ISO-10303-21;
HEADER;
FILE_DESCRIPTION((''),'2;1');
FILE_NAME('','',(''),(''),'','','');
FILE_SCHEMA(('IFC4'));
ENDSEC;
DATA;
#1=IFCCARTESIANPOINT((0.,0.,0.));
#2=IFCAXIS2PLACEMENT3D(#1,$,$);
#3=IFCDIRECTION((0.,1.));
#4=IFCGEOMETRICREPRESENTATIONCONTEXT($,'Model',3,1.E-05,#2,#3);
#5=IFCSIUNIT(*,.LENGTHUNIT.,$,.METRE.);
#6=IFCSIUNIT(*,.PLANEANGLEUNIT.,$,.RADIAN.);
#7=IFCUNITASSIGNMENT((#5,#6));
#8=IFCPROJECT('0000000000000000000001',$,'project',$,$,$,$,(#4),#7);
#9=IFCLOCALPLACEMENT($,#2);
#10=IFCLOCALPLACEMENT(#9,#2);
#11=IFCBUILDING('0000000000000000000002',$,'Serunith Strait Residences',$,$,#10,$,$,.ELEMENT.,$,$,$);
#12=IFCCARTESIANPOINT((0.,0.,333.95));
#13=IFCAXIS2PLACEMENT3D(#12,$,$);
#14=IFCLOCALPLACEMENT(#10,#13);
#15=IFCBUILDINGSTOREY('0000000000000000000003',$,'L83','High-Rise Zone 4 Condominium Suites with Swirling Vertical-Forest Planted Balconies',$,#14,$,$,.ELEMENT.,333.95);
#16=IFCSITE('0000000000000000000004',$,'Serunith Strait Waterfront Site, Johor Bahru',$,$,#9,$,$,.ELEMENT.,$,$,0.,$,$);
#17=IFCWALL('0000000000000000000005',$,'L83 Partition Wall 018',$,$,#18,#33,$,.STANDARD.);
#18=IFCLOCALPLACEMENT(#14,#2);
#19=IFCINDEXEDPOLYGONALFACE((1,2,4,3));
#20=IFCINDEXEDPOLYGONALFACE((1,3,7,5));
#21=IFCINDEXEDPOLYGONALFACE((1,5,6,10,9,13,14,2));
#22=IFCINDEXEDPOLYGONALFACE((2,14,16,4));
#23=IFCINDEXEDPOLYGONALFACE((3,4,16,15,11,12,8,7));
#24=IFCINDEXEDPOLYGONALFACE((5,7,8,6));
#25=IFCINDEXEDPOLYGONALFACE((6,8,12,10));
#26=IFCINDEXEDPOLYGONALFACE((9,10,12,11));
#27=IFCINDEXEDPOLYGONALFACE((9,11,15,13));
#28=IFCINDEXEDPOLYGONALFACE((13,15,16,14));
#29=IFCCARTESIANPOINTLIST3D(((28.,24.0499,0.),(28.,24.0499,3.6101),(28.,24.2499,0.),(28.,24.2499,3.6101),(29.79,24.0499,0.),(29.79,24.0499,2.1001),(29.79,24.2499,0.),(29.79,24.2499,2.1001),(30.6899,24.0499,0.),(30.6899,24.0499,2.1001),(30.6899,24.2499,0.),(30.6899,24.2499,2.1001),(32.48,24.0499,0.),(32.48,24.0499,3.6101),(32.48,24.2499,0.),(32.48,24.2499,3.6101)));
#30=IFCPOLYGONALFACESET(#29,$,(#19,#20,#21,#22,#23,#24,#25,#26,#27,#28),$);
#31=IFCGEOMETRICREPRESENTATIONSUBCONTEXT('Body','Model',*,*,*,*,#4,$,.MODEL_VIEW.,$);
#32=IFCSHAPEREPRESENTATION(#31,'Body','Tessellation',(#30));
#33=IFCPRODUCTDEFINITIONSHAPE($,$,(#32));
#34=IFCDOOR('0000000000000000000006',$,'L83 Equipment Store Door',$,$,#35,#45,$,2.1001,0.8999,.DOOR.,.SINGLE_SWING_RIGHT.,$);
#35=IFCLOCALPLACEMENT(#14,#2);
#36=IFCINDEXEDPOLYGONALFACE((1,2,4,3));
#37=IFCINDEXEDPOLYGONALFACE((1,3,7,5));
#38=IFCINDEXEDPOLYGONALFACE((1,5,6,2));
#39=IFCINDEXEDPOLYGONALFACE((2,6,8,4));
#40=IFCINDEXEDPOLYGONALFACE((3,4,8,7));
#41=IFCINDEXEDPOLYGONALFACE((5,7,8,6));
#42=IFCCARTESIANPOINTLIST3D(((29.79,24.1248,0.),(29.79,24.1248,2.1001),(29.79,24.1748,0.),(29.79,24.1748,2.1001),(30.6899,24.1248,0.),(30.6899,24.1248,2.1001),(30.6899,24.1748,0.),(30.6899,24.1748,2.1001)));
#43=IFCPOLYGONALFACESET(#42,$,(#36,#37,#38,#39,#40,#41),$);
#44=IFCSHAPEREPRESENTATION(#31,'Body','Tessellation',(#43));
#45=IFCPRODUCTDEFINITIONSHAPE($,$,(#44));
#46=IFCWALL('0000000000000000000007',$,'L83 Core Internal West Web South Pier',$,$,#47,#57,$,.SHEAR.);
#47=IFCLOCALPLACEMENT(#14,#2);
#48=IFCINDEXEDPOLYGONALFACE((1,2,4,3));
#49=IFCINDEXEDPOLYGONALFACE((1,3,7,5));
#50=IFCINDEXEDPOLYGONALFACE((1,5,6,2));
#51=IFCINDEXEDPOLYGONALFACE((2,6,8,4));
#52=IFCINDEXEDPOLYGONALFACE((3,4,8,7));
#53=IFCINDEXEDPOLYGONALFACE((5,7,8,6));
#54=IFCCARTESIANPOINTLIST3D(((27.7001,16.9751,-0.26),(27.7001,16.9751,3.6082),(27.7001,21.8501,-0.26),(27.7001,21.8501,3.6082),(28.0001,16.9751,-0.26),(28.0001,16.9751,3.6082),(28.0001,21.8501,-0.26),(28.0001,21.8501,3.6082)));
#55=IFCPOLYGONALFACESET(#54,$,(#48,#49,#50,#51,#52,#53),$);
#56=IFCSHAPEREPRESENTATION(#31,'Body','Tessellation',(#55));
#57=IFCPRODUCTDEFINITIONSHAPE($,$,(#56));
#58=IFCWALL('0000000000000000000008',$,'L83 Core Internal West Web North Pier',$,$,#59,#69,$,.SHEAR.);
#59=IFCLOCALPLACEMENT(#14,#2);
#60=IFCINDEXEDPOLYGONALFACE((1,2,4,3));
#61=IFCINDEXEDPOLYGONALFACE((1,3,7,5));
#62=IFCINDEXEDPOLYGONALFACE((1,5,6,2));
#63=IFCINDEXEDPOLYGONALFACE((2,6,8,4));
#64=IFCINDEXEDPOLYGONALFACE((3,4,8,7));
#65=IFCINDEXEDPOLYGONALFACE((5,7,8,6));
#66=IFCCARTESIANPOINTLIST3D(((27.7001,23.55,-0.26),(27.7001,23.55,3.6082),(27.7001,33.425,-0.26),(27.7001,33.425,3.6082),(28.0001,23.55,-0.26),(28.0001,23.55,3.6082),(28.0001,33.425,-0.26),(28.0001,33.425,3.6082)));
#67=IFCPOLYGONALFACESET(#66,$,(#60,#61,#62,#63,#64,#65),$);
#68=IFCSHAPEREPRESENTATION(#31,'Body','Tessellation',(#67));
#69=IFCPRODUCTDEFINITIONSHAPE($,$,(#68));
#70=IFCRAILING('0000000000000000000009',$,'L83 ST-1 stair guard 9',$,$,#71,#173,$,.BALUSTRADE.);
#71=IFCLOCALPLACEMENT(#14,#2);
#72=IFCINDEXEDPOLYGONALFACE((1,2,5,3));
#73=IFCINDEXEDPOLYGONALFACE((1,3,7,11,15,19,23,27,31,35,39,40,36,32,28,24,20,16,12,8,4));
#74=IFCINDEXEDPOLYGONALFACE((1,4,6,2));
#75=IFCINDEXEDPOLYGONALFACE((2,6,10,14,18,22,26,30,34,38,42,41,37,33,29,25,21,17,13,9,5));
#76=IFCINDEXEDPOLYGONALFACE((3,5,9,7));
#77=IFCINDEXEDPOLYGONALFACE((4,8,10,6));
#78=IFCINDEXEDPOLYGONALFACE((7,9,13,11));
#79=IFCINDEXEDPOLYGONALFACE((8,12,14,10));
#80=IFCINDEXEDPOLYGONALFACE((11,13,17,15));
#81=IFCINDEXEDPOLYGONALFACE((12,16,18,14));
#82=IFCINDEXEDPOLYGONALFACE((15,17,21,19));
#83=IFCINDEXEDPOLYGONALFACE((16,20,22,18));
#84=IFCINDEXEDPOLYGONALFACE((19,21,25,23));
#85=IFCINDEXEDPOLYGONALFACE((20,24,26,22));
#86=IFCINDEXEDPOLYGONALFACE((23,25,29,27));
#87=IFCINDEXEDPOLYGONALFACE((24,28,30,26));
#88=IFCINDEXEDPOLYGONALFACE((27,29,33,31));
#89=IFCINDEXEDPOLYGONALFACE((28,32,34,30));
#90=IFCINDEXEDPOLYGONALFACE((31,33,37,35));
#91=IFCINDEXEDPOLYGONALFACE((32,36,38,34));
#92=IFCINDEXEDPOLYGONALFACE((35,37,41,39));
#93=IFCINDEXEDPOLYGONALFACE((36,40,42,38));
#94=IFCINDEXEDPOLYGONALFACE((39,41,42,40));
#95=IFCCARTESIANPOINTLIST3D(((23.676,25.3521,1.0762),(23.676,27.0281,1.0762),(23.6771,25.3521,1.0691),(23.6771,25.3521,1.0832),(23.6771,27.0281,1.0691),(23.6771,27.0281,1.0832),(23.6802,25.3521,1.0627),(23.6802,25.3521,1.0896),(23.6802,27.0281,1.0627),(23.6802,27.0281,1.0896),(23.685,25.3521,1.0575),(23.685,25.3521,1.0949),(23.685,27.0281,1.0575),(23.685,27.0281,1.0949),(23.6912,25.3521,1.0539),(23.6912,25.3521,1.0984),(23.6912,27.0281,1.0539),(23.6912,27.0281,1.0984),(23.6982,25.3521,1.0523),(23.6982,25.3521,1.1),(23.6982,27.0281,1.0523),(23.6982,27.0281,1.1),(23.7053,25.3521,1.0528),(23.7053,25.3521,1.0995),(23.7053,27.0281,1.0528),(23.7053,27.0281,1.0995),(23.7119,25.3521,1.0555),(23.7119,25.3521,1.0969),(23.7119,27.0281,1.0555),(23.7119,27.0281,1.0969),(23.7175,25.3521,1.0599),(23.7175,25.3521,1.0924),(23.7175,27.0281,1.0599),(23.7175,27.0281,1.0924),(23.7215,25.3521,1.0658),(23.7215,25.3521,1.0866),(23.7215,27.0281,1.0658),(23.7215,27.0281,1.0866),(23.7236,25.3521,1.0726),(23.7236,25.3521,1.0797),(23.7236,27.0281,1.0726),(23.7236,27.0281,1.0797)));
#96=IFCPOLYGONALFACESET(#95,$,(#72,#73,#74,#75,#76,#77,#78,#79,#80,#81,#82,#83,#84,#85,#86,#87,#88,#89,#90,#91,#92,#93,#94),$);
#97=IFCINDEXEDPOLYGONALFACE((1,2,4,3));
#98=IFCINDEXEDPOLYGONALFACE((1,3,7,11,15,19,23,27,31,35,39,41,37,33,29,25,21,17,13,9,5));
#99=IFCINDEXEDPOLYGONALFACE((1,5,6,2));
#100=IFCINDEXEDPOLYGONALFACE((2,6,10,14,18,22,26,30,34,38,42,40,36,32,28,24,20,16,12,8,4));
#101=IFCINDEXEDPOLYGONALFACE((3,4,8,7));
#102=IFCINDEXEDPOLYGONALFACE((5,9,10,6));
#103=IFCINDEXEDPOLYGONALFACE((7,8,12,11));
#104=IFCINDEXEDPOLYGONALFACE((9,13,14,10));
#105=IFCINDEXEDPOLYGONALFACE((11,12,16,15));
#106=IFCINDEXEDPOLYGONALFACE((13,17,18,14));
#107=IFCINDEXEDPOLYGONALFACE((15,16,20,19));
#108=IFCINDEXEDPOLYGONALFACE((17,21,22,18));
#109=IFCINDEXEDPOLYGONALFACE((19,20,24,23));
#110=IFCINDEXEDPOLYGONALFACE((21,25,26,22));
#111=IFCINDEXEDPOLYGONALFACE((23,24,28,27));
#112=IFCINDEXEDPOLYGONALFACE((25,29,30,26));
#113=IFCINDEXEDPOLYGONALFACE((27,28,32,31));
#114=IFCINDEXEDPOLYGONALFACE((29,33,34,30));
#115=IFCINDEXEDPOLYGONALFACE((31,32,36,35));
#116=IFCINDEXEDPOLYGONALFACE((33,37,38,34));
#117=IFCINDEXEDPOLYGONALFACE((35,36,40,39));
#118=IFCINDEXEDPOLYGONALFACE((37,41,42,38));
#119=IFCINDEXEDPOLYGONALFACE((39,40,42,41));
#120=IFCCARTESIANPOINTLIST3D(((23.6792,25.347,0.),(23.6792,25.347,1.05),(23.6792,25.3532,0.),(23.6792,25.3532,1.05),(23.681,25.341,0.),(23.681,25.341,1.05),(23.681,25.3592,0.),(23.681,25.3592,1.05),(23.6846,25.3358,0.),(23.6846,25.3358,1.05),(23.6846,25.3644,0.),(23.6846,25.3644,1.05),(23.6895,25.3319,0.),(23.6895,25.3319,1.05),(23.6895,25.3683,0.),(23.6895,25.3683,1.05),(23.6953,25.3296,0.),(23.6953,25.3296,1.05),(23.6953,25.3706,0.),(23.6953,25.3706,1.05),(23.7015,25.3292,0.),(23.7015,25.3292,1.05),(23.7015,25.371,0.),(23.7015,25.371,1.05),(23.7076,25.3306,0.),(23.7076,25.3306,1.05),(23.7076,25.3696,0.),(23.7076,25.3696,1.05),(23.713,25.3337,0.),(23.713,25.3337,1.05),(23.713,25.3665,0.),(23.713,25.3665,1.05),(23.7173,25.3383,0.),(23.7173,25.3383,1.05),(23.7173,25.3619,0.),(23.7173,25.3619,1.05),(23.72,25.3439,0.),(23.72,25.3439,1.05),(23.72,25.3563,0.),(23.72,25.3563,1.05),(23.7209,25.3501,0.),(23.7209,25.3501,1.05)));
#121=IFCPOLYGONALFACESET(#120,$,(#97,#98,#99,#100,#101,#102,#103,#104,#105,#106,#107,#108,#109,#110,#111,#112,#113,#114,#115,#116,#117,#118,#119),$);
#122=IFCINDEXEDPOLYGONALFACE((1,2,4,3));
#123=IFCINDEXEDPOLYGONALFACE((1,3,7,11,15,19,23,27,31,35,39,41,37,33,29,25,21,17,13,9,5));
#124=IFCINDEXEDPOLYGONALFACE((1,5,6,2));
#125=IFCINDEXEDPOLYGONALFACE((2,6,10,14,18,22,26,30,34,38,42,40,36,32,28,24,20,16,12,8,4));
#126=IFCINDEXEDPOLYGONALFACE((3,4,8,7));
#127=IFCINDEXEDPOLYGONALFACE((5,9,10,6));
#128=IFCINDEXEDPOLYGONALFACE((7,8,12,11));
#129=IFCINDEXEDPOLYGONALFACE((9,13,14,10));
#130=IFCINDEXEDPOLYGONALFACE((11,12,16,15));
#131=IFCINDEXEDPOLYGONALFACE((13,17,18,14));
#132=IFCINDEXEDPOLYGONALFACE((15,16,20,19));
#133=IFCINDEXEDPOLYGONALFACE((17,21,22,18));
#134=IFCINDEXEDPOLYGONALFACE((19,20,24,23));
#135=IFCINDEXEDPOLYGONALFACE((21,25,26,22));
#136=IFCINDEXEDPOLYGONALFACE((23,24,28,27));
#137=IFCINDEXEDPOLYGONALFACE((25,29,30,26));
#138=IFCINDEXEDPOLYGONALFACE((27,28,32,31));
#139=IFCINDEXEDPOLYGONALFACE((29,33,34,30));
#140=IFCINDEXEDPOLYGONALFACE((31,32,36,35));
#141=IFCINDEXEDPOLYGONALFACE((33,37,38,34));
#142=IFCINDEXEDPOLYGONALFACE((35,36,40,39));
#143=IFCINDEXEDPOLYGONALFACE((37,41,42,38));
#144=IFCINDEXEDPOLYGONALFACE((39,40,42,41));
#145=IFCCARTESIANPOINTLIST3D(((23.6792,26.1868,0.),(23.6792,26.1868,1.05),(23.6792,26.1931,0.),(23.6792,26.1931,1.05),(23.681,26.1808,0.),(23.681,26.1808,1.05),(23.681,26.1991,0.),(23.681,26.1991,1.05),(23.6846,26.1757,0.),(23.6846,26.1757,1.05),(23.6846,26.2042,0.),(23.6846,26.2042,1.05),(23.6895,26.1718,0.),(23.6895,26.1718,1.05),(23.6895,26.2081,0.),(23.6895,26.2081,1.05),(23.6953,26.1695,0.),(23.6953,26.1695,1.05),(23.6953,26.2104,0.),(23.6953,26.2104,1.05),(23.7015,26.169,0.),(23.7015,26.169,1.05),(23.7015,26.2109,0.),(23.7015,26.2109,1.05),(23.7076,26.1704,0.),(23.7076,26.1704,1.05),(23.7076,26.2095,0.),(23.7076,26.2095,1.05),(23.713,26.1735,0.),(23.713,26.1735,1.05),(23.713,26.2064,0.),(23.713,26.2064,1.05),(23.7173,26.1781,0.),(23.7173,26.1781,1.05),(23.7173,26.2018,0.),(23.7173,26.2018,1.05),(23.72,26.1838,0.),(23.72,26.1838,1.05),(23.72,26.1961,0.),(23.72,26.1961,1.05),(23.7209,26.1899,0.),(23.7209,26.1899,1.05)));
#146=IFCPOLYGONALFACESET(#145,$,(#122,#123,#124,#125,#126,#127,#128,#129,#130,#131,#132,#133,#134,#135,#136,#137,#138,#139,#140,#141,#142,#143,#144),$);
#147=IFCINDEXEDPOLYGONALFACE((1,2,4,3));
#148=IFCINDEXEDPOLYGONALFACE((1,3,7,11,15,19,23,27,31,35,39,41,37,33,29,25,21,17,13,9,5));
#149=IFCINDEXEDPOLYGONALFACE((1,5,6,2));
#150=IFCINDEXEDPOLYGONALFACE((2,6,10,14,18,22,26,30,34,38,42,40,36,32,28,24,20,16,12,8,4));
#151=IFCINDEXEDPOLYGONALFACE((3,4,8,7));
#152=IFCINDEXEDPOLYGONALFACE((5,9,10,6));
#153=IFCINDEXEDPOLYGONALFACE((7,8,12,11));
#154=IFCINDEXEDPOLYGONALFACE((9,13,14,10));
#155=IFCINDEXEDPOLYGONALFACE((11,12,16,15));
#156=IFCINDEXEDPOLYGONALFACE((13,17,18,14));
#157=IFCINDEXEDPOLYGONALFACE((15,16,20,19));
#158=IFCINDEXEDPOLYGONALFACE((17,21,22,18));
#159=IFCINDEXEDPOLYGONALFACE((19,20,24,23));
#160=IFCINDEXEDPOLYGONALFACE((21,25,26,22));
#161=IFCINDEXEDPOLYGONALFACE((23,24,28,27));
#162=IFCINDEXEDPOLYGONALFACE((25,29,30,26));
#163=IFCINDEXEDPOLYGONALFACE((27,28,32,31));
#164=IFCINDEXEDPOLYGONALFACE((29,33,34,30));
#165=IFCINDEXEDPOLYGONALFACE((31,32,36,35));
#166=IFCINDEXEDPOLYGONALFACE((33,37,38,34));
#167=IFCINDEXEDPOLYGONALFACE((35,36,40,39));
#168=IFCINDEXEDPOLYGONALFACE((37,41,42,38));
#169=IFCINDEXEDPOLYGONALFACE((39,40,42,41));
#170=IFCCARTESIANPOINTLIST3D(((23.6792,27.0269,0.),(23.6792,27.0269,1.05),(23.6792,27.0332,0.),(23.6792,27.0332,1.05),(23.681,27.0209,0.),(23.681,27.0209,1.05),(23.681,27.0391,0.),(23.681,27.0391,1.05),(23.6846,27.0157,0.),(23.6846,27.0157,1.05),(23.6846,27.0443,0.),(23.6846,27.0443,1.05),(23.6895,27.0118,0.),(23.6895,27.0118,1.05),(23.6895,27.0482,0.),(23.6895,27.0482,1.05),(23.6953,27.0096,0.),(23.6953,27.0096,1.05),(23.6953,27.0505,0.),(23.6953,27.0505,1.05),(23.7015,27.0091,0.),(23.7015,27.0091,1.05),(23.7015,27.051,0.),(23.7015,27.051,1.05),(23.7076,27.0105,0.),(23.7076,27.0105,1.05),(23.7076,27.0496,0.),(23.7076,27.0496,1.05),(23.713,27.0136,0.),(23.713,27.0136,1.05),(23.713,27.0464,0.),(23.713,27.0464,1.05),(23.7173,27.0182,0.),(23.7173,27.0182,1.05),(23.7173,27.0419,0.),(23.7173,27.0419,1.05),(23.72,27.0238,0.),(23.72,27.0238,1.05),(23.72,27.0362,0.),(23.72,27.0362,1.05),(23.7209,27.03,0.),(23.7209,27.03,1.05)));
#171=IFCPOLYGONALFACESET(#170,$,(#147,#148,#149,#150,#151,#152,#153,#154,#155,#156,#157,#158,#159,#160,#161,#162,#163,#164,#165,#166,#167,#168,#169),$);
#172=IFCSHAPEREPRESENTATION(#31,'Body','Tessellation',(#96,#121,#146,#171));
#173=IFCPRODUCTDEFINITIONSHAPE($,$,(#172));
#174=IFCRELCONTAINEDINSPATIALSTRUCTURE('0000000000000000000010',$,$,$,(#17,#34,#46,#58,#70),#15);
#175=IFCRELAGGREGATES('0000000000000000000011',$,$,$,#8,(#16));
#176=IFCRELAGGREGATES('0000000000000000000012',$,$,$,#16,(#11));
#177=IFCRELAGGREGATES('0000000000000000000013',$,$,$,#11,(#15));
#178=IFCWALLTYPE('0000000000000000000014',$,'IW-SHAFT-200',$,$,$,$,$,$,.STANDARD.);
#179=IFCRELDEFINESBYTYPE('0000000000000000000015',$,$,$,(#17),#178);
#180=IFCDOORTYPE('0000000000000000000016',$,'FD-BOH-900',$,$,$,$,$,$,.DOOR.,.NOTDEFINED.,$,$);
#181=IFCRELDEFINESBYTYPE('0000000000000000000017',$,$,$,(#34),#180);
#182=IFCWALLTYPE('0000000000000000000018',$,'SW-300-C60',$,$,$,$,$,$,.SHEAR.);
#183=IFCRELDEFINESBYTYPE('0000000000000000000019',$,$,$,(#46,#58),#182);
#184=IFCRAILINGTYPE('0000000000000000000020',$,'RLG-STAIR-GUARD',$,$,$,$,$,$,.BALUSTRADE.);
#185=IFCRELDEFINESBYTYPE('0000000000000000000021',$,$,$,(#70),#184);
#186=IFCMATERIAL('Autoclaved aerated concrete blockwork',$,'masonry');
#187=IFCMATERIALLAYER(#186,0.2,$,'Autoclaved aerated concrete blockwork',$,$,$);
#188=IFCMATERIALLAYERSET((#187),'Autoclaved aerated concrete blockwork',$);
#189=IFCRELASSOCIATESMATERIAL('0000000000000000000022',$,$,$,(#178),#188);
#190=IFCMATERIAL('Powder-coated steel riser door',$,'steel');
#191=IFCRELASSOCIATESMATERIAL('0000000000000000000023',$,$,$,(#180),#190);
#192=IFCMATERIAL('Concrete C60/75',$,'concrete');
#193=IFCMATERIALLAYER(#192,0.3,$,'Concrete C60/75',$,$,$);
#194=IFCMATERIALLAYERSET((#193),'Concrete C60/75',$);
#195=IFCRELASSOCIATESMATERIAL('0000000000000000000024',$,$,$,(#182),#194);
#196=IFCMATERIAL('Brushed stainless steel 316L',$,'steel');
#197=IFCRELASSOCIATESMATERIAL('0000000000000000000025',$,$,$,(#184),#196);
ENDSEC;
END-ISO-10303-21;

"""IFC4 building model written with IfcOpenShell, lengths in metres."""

from ifc_helpers import new_model, si_unit, direction, frame, frame_2d, origin, origin_2d, place, context, subcontext, project, spatial, rectangle, circle, extrude, source, transform, mapped, material, layer, layer_set, type_object, element, fill, save


model = new_model("IFC4")

# Units and contexts
model_context = context("Model", 3, precision=1e-05, world=origin(), true_north=direction((0.0, 1.0)))
body_context = subcontext(model_context, "Body", "Model", "MODEL_VIEW")
ifc_project = project(units=[si_unit("LENGTHUNIT", "METRE"), si_unit("PLANEANGLEUNIT", "RADIAN")], contexts=[model_context])

# Site, building, storey
site_placement = place(None, origin())
site = spatial("IfcSite", under=ifc_project, at=site_placement, Name="Serunith Strait Waterfront Site, Johor Bahru", CompositionType="ELEMENT", RefElevation=0.0)
building_placement = place(site_placement, origin())
building = spatial("IfcBuilding", under=site, at=building_placement, Name="Serunith Strait Residences", CompositionType="ELEMENT")
storey_placement = place(building_placement, frame((0.0, 0.0, 333.95)))
storey = spatial("IfcBuildingStorey", under=building, at=storey_placement, Name="L83", Description="High-Rise Zone 4 Condominium Suites with Swirling Vertical-Forest Planted Balconies", CompositionType="ELEMENT", Elevation=333.95)

# Shared definitions
ifc_material_1 = material(Name="Autoclaved aerated concrete blockwork", Category="masonry")
ifc_layer_1 = layer(ifc_material_1, 0.2, Name="Autoclaved aerated concrete blockwork")
ifc_layer_set_1 = layer_set([ifc_layer_1], Name="Autoclaved aerated concrete blockwork")
wall_type_1 = type_object("IfcWallType", Name="IW-SHAFT-200", PredefinedType="STANDARD", material=ifc_layer_set_1)

# Wall, opening, door
ifc_material_2 = material(Name="Powder-coated steel riser door", Category="steel")
door_type_1 = type_object("IfcDoorType", Name="FD-BOH-900", OperationType="NOTDEFINED", PredefinedType="DOOR", material=ifc_material_2)
shared_shape_1 = source(origin(), body_context, "Body", "SweptSolid", [
    extrude(rectangle(XDim=0.8999, YDim=2.1001, at=frame_2d((0.45, 1.05))), frame((0.0, 0.0249, 0.0), z_axis=(0.0, -1.0, 0.0), x_axis=(1.0, 0.0, 0.0)), (0.0, 0.0, 1.0), 0.05),
])
wall_1_placement = place(storey_placement, frame((28.0, 24.1499, 0.0), z_axis=(0.0, 0.0, 1.0), x_axis=(1.0, 0.0, 0.0)))
wall_1 = element("IfcWall", 1, at=wall_1_placement, inside=storey, type_object=wall_type_1, Name="L83 Partition Wall 018", PredefinedType="STANDARD", context=body_context, shape_type="SweptSolid", body=[
    extrude(rectangle(XDim=4.48, YDim=0.2, at=frame_2d((2.24, 0.0))), origin(), (0.0, 0.0, 1.0), 3.6101),
])
opening_1_placement = place(wall_1_placement, frame((1.79, 0.0, 0.0)))
opening_1 = element("IfcOpeningElement", 2, at=opening_1_placement, cuts=wall_1, PredefinedType="OPENING", context=body_context, shape_type="SweptSolid", body=[
    extrude(rectangle(XDim=0.8999, YDim=2.1001, at=frame_2d((0.45, 1.05))), frame((0.0, 0.1099, 0.0), z_axis=(0.0, -1.0, 0.0), x_axis=(1.0, 0.0, 0.0)), (0.0, 0.0, 1.0), 0.22),
])
door_1_placement = place(opening_1_placement, origin())
door_1 = element("IfcDoor", 3, at=door_1_placement, inside=storey, type_object=door_type_1, Name="L83 Equipment Store Door", OperationType="SINGLE_SWING_RIGHT", OverallHeight=2.1001, OverallWidth=0.8999, PredefinedType="DOOR", context=body_context, shape_type="MappedRepresentation", body=[
    mapped(shared_shape_1, transform((0.0, 0.0, 0.0), scale=1.0)),
])
fill(opening_1, door_1)

# Walls
ifc_material_3 = material(Name="Concrete C60/75", Category="concrete")
ifc_layer_2 = layer(ifc_material_3, 0.3, Name="Concrete C60/75")
ifc_layer_set_2 = layer_set([ifc_layer_2], Name="Concrete C60/75")
wall_type_2 = type_object("IfcWallType", Name="SW-300-C60", PredefinedType="SHEAR", material=ifc_layer_set_2)
wall_2_placement = place(storey_placement, frame((27.8501, 16.9751, -0.26), z_axis=(0.0, 0.0, 1.0), x_axis=(0.0, 1.0, 0.0)))
element("IfcWall", 4, at=wall_2_placement, inside=storey, type_object=wall_type_2, Name="L83 Core Internal West Web South Pier", PredefinedType="SHEAR", context=body_context, shape_type="SweptSolid", body=[
    extrude(rectangle(XDim=4.875, YDim=0.3, at=frame_2d((2.4375, 0.0))), origin(), (0.0, 0.0, 1.0), 3.8682),
])
wall_3_placement = place(storey_placement, frame((27.8501, 23.55, -0.26), z_axis=(0.0, 0.0, 1.0), x_axis=(0.0, 1.0, 0.0)))
element("IfcWall", 5, at=wall_3_placement, inside=storey, type_object=wall_type_2, Name="L83 Core Internal West Web North Pier", PredefinedType="SHEAR", context=body_context, shape_type="SweptSolid", body=[
    extrude(rectangle(XDim=9.875, YDim=0.3, at=frame_2d((4.9375, 0.0))), origin(), (0.0, 0.0, 1.0), 3.8682),
])

# Railing
ifc_material_4 = material(Name="Brushed stainless steel 316L", Category="steel")
railing_type = type_object("IfcRailingType", Name="RLG-STAIR-GUARD", PredefinedType="BALUSTRADE", material=ifc_material_4)
railing_placement = place(storey_placement, frame((23.7, 25.3501, 0.0)))
element("IfcRailing", 6, at=railing_placement, inside=storey, type_object=railing_type, Name="L83 ST-1 stair guard 9", PredefinedType="BALUSTRADE", context=body_context, shape_type="SweptSolid", body=[
    extrude(circle(Radius=0.0239, at=origin_2d()), frame((0.0, 0.002, 1.0762), z_axis=(0.0, 1.0, 0.0), x_axis=(-1.0, 0.0, 0.0)), (0.0, 0.0, 1.0), 1.676),
    extrude(circle(Radius=0.021, at=origin_2d()), origin(), (0.0, 0.0, 1.0), 1.05),
    extrude(circle(Radius=0.021, at=origin_2d()), frame((0.0, 0.8398, 0.0)), (0.0, 0.0, 1.0), 1.05),
    extrude(circle(Radius=0.021, at=origin_2d()), frame((0.0, 1.6799, 0.0)), (0.0, 0.0, 1.0), 1.05),
])

save(model, "model.ifc")
